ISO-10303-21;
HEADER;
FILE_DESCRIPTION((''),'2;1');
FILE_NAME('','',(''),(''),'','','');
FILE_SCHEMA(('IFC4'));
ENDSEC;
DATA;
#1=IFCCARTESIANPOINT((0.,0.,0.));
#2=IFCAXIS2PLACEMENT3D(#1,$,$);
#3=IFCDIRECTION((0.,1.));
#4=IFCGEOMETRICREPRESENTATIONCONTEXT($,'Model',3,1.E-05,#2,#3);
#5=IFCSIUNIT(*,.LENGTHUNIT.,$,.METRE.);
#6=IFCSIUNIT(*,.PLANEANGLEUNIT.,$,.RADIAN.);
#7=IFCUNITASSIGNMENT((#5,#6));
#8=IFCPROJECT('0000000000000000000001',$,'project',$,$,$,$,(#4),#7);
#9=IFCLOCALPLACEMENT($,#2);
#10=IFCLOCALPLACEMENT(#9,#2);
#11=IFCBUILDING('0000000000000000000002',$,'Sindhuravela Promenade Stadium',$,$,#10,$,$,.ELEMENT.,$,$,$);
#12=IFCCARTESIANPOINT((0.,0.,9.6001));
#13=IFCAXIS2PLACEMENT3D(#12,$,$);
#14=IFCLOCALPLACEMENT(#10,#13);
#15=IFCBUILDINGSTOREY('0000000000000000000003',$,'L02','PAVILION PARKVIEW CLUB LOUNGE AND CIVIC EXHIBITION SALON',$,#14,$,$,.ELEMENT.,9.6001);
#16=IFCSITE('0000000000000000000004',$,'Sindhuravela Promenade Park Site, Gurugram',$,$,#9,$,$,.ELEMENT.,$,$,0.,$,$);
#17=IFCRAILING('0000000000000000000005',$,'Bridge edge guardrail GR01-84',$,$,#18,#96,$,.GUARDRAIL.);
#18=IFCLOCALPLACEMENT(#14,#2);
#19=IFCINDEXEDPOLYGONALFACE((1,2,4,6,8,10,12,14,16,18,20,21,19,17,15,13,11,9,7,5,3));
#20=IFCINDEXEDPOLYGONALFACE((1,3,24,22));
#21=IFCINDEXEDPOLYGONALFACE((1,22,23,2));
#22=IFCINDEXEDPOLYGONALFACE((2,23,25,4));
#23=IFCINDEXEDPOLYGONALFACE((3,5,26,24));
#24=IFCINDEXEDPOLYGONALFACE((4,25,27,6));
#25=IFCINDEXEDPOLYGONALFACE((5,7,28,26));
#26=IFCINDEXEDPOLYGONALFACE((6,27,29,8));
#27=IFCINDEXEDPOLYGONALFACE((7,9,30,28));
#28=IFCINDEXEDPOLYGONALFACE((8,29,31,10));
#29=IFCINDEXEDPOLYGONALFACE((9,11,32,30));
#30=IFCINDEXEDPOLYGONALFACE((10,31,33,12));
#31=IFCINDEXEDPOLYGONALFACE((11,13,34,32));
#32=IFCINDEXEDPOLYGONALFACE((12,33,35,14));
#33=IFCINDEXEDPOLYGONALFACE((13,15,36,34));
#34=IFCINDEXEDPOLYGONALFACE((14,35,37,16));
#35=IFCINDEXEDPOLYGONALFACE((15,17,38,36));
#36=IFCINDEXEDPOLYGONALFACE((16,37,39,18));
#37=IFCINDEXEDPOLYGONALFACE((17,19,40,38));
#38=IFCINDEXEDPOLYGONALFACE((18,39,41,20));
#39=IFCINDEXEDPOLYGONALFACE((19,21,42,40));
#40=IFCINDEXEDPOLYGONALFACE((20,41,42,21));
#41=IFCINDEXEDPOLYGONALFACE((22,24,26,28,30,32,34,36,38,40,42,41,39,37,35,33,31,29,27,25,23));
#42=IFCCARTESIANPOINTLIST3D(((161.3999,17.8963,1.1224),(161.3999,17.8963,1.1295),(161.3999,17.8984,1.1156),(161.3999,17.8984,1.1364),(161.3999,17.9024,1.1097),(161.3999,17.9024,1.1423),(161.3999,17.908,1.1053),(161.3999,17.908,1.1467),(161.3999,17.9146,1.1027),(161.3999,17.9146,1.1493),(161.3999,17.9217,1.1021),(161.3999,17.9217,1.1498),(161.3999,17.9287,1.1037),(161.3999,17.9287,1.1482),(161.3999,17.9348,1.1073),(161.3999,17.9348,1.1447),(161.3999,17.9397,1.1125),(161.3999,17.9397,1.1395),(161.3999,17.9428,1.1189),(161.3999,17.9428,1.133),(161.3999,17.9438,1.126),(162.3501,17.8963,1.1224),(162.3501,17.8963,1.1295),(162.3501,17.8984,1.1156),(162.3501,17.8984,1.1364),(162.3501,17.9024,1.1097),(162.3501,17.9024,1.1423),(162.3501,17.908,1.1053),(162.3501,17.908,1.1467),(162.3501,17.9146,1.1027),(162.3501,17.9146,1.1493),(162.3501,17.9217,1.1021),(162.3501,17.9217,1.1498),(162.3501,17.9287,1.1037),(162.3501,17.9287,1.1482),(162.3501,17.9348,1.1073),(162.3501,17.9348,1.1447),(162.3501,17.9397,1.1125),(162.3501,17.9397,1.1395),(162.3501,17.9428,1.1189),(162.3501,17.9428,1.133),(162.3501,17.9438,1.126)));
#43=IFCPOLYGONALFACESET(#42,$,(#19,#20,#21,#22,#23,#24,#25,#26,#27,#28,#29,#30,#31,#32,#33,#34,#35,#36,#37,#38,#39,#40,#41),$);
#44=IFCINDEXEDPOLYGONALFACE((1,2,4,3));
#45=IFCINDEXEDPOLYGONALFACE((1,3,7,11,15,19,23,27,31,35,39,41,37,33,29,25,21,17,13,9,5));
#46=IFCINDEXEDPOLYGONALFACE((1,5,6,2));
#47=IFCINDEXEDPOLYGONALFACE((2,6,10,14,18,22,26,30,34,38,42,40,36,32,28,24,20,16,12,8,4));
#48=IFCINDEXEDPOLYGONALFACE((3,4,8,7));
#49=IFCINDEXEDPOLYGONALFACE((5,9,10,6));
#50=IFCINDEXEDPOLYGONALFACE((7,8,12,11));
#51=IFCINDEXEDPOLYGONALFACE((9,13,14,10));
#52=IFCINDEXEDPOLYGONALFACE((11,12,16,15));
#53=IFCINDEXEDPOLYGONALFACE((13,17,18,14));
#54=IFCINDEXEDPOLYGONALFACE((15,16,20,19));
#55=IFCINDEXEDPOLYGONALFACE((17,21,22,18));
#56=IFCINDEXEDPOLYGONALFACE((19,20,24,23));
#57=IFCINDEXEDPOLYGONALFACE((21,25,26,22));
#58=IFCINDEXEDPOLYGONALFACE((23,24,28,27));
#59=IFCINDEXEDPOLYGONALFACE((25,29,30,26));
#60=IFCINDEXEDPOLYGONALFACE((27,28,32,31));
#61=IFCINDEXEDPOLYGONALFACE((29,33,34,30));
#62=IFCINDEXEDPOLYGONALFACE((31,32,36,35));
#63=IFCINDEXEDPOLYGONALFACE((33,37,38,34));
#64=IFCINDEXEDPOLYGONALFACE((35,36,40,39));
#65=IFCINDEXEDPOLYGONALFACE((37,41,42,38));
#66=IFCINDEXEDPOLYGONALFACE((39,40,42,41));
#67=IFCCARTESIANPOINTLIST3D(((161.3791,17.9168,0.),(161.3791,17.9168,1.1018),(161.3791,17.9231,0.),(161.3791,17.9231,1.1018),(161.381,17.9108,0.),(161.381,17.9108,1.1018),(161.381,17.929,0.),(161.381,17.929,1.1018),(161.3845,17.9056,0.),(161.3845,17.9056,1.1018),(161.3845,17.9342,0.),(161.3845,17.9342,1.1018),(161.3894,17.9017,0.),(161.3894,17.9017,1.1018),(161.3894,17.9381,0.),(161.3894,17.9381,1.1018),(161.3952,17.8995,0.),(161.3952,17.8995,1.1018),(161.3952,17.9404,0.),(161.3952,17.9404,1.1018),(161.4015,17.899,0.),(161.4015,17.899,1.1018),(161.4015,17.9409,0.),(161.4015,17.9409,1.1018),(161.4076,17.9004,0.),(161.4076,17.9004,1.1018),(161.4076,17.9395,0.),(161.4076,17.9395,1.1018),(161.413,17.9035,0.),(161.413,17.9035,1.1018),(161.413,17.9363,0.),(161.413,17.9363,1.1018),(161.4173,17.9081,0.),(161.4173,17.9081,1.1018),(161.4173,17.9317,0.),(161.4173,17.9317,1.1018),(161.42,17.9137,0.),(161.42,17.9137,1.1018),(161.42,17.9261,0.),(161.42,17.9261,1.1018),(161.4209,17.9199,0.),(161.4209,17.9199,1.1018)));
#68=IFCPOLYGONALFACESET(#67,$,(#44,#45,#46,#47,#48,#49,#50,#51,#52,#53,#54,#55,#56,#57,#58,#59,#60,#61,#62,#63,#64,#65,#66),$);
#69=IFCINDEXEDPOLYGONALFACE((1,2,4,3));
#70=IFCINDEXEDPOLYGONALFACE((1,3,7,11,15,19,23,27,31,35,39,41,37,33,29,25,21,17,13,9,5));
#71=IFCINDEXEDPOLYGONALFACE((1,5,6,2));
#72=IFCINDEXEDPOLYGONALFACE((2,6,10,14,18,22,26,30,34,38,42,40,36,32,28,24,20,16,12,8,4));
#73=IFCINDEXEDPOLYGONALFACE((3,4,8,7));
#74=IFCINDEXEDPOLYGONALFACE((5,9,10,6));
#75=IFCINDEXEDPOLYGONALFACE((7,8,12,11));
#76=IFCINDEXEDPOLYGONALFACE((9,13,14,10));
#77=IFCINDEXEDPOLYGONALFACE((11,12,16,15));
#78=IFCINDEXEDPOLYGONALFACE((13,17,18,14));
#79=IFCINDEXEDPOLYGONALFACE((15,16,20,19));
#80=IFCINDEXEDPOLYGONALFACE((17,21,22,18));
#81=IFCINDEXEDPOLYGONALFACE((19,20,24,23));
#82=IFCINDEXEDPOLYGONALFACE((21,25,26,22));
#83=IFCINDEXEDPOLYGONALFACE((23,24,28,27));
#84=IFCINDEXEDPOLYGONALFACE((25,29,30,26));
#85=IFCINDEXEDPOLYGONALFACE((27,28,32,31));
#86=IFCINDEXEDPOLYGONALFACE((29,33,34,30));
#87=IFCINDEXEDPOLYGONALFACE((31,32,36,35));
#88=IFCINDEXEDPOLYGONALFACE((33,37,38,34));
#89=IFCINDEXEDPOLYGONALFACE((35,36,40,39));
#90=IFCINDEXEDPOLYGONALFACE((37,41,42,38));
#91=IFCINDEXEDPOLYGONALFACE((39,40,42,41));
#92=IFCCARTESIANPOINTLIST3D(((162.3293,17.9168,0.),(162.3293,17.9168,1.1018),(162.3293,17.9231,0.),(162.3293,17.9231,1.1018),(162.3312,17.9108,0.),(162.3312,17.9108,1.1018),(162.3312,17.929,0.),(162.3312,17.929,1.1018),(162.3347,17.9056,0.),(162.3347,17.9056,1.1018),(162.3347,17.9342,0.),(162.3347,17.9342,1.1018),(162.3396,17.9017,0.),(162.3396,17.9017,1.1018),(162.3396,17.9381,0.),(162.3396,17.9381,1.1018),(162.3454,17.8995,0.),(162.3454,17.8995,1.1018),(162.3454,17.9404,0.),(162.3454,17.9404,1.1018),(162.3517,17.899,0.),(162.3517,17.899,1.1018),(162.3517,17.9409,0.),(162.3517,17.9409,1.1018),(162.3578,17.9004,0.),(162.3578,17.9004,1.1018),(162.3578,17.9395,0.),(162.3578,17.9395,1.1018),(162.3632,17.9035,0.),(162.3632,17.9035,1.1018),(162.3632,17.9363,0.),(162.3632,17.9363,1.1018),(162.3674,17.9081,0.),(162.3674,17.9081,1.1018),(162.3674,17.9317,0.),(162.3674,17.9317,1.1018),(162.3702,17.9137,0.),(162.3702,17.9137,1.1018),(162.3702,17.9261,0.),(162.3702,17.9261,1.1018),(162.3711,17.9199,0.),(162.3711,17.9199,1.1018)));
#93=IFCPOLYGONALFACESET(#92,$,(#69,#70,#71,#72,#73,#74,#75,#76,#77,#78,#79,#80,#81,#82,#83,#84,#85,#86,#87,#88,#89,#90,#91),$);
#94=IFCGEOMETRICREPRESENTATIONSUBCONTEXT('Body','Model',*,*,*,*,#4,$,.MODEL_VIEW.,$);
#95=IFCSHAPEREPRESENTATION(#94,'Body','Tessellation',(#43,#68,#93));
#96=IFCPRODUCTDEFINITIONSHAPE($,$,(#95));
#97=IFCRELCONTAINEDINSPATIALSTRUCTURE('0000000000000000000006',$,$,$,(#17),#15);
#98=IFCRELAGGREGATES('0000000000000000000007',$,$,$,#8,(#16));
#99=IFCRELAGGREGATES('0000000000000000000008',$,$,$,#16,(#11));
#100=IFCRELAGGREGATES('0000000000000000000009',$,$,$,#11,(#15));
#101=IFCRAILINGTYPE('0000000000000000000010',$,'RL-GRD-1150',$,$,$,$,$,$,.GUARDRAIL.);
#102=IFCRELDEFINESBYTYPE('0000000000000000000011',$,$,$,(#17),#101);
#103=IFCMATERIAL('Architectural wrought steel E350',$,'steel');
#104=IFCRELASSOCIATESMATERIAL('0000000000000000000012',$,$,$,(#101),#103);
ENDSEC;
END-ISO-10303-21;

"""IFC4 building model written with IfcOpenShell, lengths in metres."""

from ifc_helpers import new_model, si_unit, direction, frame, origin, origin_2d, place, context, subcontext, project, spatial, circle, extrude, material, type_object, element, save


model = new_model("IFC4")

# Units and contexts
model_context = context("Model", 3, precision=1e-05, world=origin(), true_north=direction((0.0, 1.0)))
body_context = subcontext(model_context, "Body", "Model", "MODEL_VIEW")
ifc_project = project(units=[si_unit("LENGTHUNIT", "METRE"), si_unit("PLANEANGLEUNIT", "RADIAN")], contexts=[model_context])

# Site, building, storey
site_placement = place(None, origin())
site = spatial("IfcSite", under=ifc_project, at=site_placement, Name="Sindhuravela Promenade Park Site, Gurugram", CompositionType="ELEMENT", RefElevation=0.0)
building_placement = place(site_placement, origin())
building = spatial("IfcBuilding", under=site, at=building_placement, Name="Sindhuravela Promenade Stadium", CompositionType="ELEMENT")
storey_placement = place(building_placement, frame((0.0, 0.0, 9.6001)))
storey = spatial("IfcBuildingStorey", under=building, at=storey_placement, Name="L02", Description="PAVILION PARKVIEW CLUB LOUNGE AND CIVIC EXHIBITION SALON", CompositionType="ELEMENT", Elevation=9.6001)

# Railing
ifc_material_1 = material(Name="Architectural wrought steel E350", Category="steel")
railing_type = type_object("IfcRailingType", Name="RL-GRD-1150", PredefinedType="GUARDRAIL", material=ifc_material_1)
for number, where, name in (
    (1, (161.3999, 17.9199, 0.0), "Bridge edge guardrail GR01-84"),
):
    element("IfcRailing", number, at=place(storey_placement, frame(where)), inside=storey, type_object=railing_type, Name=name, PredefinedType="GUARDRAIL", context=body_context, shape_type="SweptSolid", body=[
        extrude(circle(Radius=0.0239, at=origin_2d()), frame((0.0, 0.0, 1.126), z_axis=(1.0, 0.0, 0.0), x_axis=(0.0, 1.0, 0.0)), (0.0, 0.0, 1.0), 0.9502),
        extrude(circle(Radius=0.021, at=origin_2d()), origin(), (0.0, 0.0, 1.0), 1.1018),
        extrude(circle(Radius=0.021, at=origin_2d()), frame((0.9502, 0.0, 0.0)), (0.0, 0.0, 1.0), 1.1018),
    ])

save(model, "model.ifc")
